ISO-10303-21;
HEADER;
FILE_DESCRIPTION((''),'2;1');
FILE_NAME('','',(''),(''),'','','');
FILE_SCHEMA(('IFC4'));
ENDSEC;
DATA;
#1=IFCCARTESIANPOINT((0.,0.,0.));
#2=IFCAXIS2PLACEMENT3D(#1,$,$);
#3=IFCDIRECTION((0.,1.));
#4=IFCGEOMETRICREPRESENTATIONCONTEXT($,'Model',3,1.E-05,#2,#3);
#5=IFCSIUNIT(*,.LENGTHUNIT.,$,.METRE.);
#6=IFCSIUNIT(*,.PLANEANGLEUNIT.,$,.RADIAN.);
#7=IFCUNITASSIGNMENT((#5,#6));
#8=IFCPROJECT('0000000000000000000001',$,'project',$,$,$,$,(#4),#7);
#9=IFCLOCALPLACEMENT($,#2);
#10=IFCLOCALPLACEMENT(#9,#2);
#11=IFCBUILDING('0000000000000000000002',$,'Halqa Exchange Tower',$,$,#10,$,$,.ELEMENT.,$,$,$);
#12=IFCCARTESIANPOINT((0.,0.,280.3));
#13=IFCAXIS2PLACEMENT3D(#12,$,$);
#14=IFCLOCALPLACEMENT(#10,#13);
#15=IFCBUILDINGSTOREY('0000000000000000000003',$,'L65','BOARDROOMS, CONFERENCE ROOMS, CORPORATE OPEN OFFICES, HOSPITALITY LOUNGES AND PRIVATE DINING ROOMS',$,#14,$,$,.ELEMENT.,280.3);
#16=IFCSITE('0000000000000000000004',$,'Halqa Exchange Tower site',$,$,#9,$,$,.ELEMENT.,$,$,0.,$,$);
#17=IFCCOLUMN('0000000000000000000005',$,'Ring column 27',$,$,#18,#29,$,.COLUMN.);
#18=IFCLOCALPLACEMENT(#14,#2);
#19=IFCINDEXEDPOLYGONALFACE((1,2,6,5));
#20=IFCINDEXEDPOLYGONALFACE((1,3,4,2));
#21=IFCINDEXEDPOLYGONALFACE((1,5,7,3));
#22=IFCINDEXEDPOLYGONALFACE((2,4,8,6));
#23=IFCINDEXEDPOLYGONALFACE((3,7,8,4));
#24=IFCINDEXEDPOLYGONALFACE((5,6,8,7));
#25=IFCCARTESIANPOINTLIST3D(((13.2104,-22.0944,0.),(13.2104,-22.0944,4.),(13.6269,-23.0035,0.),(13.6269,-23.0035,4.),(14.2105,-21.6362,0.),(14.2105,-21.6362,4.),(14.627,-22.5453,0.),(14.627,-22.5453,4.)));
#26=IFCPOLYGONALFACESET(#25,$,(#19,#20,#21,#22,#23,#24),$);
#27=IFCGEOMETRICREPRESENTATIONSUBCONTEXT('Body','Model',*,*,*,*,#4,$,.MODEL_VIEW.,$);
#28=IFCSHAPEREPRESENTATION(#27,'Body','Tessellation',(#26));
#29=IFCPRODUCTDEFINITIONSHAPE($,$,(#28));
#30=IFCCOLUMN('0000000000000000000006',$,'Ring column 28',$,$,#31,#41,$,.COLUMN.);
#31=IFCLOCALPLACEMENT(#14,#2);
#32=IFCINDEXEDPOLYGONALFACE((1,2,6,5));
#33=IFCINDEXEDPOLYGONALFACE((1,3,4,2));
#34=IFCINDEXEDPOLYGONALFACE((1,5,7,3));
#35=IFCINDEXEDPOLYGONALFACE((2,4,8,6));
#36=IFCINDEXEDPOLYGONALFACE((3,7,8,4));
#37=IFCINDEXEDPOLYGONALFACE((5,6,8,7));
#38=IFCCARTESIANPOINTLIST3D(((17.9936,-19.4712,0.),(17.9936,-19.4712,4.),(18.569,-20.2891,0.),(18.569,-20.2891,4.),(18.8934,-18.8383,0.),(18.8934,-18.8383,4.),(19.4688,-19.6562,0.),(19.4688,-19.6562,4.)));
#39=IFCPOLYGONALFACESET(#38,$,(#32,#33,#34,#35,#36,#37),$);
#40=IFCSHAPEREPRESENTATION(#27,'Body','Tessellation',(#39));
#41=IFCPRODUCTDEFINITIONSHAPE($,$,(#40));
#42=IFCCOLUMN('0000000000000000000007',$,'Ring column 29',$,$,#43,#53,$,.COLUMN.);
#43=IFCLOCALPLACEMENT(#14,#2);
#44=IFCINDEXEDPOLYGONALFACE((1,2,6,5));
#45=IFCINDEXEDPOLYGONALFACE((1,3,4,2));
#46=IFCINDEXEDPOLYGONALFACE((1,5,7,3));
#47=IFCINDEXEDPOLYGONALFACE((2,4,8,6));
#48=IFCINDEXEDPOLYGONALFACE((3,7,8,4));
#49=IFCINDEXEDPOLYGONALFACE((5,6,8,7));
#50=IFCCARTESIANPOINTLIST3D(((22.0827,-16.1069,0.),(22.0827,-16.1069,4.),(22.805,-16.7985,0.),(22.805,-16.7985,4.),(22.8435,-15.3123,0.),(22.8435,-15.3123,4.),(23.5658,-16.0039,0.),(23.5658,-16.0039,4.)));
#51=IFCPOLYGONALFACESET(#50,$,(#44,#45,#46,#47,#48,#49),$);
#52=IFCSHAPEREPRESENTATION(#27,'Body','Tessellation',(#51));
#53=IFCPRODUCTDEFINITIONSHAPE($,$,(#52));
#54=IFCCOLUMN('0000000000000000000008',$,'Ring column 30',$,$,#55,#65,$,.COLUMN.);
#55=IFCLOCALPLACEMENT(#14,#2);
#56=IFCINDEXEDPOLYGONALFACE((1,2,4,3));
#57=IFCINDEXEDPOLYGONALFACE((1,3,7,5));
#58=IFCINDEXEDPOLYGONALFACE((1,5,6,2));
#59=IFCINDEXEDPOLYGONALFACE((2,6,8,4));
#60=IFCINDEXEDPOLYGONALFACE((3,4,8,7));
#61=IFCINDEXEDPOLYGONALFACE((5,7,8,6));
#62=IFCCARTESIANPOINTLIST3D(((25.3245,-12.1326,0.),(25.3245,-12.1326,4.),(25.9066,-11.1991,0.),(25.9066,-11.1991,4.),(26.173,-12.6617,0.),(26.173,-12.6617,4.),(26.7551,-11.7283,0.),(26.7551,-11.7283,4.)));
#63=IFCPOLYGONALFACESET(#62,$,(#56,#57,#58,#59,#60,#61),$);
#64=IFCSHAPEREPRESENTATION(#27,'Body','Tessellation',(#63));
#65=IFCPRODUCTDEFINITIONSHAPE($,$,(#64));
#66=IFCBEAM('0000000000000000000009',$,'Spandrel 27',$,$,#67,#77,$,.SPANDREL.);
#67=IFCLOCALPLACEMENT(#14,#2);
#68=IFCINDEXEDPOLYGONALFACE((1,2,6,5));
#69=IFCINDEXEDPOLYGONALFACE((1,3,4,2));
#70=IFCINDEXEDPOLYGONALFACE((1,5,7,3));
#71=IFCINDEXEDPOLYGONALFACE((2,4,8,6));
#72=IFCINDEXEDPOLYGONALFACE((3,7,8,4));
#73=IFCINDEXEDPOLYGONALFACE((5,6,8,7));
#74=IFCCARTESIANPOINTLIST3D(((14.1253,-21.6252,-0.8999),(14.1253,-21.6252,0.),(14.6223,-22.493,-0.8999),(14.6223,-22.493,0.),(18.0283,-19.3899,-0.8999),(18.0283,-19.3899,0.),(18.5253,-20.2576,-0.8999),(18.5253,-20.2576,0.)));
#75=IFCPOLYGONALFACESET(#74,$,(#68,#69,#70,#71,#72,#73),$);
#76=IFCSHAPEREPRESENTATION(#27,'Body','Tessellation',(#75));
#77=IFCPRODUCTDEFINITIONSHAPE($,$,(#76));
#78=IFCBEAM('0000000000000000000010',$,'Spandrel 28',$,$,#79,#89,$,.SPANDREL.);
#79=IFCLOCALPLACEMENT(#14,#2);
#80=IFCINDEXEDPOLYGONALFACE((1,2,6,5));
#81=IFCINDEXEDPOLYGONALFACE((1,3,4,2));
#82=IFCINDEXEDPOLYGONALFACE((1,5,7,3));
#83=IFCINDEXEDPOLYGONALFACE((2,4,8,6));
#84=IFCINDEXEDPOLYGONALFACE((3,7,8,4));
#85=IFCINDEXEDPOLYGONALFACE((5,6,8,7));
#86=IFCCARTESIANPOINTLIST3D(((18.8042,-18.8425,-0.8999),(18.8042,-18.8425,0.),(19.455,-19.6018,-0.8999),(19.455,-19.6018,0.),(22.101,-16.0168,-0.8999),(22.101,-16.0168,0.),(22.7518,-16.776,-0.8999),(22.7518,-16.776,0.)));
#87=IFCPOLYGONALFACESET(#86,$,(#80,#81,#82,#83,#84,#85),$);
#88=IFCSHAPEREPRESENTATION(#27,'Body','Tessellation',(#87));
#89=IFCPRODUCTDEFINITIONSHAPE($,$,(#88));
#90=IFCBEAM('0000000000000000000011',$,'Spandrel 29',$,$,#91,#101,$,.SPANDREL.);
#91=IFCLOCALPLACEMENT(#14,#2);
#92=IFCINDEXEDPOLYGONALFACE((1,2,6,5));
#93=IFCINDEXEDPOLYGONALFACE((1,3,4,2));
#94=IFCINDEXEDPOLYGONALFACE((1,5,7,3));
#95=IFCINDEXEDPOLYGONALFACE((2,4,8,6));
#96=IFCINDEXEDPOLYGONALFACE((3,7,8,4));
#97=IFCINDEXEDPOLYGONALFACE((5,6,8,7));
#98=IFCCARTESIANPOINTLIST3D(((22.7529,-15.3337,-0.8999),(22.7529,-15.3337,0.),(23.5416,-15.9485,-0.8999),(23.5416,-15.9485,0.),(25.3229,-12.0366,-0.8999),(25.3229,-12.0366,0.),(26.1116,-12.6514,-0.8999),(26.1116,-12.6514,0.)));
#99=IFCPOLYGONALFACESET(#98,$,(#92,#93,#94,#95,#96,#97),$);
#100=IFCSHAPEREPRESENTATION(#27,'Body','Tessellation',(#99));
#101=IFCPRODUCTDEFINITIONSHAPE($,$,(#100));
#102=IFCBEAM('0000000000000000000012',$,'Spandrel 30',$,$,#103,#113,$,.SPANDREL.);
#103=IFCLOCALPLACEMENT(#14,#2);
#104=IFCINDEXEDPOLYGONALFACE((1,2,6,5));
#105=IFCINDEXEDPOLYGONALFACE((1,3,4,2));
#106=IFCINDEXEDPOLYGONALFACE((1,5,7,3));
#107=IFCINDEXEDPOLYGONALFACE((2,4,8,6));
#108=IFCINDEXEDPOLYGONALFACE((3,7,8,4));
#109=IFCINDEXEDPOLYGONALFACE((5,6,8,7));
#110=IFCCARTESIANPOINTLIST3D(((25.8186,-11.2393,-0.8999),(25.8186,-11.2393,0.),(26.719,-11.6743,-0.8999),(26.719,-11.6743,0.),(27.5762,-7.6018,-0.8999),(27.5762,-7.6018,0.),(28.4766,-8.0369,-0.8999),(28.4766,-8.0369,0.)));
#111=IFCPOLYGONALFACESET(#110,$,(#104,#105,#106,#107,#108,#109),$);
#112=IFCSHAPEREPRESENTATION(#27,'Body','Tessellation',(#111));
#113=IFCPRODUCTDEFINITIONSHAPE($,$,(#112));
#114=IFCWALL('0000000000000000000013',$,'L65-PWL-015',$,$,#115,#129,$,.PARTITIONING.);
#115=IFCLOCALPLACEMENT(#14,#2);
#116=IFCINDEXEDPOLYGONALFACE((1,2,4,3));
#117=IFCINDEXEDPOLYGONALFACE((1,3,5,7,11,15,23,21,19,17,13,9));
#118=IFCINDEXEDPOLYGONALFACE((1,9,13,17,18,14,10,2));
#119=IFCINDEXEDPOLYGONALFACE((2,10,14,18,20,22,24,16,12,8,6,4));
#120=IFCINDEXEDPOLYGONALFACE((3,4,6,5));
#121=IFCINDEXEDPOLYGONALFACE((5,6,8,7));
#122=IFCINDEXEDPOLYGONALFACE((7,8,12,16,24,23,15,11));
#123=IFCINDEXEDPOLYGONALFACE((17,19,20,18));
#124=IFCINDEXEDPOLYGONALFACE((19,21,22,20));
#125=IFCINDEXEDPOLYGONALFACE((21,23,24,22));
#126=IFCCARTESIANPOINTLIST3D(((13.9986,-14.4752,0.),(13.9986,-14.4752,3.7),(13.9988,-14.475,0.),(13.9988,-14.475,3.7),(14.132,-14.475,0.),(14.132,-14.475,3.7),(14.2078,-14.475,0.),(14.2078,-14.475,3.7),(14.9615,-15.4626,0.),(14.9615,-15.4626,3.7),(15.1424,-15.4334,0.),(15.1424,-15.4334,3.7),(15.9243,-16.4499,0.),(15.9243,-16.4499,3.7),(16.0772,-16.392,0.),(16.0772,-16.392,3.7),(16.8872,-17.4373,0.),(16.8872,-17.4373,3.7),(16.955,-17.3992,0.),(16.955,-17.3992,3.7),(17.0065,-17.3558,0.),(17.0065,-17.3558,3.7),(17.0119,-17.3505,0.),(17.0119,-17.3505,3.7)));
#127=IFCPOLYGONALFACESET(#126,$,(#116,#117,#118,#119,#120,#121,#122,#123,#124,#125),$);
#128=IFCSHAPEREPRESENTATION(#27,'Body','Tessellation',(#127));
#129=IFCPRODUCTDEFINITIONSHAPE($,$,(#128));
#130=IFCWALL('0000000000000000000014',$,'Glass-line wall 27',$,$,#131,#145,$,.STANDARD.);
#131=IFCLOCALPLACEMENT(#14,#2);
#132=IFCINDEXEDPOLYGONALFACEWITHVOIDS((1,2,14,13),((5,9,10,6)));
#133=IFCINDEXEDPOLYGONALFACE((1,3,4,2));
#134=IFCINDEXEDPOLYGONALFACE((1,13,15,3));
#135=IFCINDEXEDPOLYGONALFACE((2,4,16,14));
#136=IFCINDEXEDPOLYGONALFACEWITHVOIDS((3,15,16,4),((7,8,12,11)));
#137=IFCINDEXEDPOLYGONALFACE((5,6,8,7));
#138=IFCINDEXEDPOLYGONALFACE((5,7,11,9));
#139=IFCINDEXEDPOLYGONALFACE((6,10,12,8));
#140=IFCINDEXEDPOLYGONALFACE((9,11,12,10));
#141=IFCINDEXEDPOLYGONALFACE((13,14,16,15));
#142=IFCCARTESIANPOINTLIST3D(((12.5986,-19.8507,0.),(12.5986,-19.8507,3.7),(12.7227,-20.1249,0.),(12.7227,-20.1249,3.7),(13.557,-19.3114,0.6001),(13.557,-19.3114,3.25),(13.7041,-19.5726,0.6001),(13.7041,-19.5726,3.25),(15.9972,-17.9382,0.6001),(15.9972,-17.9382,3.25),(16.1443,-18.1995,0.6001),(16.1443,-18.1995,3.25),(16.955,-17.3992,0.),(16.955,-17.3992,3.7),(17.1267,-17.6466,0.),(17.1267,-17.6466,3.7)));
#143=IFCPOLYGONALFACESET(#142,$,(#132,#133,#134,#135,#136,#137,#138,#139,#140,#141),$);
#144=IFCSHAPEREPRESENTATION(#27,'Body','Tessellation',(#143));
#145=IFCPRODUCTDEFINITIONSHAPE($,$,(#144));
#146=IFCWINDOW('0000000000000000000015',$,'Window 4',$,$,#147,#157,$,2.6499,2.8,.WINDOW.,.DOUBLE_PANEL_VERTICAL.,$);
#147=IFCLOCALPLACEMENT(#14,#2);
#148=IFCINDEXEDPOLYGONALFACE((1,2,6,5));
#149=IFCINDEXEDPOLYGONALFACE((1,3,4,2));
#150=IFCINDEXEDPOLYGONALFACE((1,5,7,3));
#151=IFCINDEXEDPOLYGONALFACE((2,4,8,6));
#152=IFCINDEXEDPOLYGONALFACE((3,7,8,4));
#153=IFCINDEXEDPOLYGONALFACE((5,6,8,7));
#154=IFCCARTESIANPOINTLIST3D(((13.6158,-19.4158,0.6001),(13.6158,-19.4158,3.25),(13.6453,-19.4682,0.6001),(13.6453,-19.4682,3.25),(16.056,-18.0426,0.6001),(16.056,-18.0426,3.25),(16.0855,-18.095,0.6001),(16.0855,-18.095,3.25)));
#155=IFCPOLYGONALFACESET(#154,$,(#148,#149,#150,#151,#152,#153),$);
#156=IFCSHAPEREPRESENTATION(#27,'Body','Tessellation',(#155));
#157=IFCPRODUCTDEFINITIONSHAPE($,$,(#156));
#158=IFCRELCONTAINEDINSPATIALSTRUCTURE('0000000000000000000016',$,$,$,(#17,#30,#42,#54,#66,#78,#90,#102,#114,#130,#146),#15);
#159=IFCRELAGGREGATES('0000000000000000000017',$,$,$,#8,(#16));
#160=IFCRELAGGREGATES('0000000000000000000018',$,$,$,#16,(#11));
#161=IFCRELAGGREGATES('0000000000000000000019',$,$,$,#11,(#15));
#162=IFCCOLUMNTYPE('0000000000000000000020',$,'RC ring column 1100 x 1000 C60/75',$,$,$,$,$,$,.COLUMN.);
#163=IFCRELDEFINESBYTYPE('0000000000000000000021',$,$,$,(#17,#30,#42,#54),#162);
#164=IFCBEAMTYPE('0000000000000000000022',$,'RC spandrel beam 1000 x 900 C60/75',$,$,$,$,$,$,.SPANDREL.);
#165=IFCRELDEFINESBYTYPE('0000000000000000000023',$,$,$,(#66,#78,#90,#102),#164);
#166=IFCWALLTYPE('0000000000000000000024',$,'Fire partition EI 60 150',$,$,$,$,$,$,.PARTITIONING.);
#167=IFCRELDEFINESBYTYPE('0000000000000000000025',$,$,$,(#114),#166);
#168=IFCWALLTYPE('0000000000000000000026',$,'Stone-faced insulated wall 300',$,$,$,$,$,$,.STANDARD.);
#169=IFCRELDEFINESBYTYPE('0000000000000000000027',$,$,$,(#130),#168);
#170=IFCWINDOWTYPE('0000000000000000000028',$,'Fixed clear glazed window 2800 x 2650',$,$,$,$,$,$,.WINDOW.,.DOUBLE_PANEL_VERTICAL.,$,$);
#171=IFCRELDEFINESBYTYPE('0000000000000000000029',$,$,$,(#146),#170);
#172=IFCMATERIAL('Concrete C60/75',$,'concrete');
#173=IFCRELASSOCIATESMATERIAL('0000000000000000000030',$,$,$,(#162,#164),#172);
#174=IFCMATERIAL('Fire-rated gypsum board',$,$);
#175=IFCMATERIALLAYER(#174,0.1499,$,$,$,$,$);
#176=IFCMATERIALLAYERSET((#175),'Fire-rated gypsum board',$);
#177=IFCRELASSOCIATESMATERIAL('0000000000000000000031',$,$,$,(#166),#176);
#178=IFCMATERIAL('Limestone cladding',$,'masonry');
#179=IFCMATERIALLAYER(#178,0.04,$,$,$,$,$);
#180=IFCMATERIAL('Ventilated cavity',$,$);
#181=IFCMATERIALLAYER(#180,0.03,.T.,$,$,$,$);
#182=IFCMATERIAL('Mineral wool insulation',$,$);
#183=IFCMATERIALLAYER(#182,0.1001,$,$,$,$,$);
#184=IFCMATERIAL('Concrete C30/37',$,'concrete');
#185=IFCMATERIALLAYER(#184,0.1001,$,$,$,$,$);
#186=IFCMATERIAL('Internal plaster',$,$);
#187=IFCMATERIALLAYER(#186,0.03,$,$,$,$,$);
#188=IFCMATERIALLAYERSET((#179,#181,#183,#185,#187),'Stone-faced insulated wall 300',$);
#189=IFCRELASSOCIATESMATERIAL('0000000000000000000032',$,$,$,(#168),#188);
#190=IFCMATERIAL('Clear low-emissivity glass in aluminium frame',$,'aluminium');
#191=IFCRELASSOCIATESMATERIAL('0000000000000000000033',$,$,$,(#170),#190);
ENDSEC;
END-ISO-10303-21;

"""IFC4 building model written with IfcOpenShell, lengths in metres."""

from ifc_helpers import new_model, si_unit, direction, frame, frame_2d, origin, origin_2d, place, context, subcontext, project, spatial, polyline, rectangle, outline, extrude, material, layer, layer_set, material_profile, profile_set, type_object, element, fill, save


model = new_model("IFC4")

# Units and contexts
model_context = context("Model", 3, precision=1e-05, world=origin(), true_north=direction((0.0, 1.0)))
body_context = subcontext(model_context, "Body", "Model", "MODEL_VIEW")
ifc_project = project(units=[si_unit("LENGTHUNIT", "METRE"), si_unit("PLANEANGLEUNIT", "RADIAN")], contexts=[model_context])

# Site, building, storey
site_placement = place(None, origin())
site = spatial("IfcSite", under=ifc_project, at=site_placement, Name="Halqa Exchange Tower site", CompositionType="ELEMENT", RefElevation=0.0)
building_placement = place(site_placement, origin())
building = spatial("IfcBuilding", under=site, at=building_placement, Name="Halqa Exchange Tower", CompositionType="ELEMENT")
storey_placement = place(building_placement, frame((0.0, 0.0, 280.3)))
storey = spatial("IfcBuildingStorey", under=building, at=storey_placement, Name="L65", Description="BOARDROOMS, CONFERENCE ROOMS, CORPORATE OPEN OFFICES, HOSPITALITY LOUNGES AND PRIVATE DINING ROOMS", CompositionType="ELEMENT", Elevation=280.3)

# Columns
ifc_material_1 = material(Name="Concrete C60/75", Category="concrete")
ifc_material_profile_1 = material_profile(ifc_material_1, rectangle(XDim=1.1001, YDim=1.0, at=origin_2d()), Name="1100 x 1000")
ifc_profile_set_1 = profile_set([ifc_material_profile_1], Name="Concrete C60/75")
column_type = type_object("IfcColumnType", Name="RC ring column 1100 x 1000 C60/75", PredefinedType="COLUMN", material=ifc_profile_set_1)
for number, where, z_axis, x_axis, name in (
    (1, (13.9187, -22.3198, 0.0), (0.0, 0.0, 1.0), (0.909129, 0.416514, 0.0), "Ring column 27"),
    (2, (18.7312, -19.5637, 0.0), (0.0, 0.0, 1.0), (0.817907, 0.575351, 0.0), "Ring column 28"),
    (3, (22.8242, -16.0554, 0.0), (0.0, 0.0, 1.0), (0.691577, 0.722302, 0.0), "Ring column 29"),
    (4, (26.0398, -11.9304, 0.0), (0.0, 0.0, 1.0), (0.529143, 0.848532, 0.0), "Ring column 30"),
):
    element("IfcColumn", number, at=place(storey_placement, frame(where, z_axis=z_axis, x_axis=x_axis)), inside=storey, type_object=column_type, Name=name, PredefinedType="COLUMN", context=body_context, shape_type="SweptSolid", body=[
        extrude(rectangle(XDim=1.1001, YDim=1.0, at=origin_2d()), origin(), (0.0, 0.0, 1.0), 4.0),
    ])

# Beams
ifc_material_profile_2 = material_profile(ifc_material_1, rectangle(XDim=1.0, YDim=0.8999, at=origin_2d()), Name="1000 x 900")
ifc_profile_set_2 = profile_set([ifc_material_profile_2], Name="Concrete C60/75")
beam_type = type_object("IfcBeamType", Name="RC spandrel beam 1000 x 900 C60/75", PredefinedType="SPANDREL", material=ifc_profile_set_2)
beam_1_placement = place(storey_placement, frame((14.3738, -22.0591, -0.45), z_axis=(0.867762, 0.49698, 0.0), x_axis=(-0.49698, 0.867762, 0.0)))
element("IfcBeam", 5, at=beam_1_placement, inside=storey, type_object=beam_type, Name="Spandrel 27", PredefinedType="SPANDREL", context=body_context, shape_type="SweptSolid", body=[
    extrude(rectangle(XDim=1.0, YDim=0.8999, at=origin_2d()), origin(), (0.0, 0.0, 1.0), 4.4978),
])
beam_2_placement = place(storey_placement, frame((19.1296, -19.2222, -0.45), z_axis=(0.759257, 0.650791, 0.0), x_axis=(-0.650791, 0.759257, 0.0)))
element("IfcBeam", 6, at=beam_2_placement, inside=storey, type_object=beam_type, Name="Spandrel 28", PredefinedType="SPANDREL", context=body_context, shape_type="SweptSolid", body=[
    extrude(rectangle(XDim=1.0, YDim=0.8999, at=origin_2d()), origin(), (0.0, 0.0, 1.0), 4.342),
])
beam_3_placement = place(storey_placement, frame((23.1472, -15.6411, -0.45), z_axis=(0.614781, 0.788698, 0.0), x_axis=(-0.788698, 0.614781, 0.0)))
element("IfcBeam", 7, at=beam_3_placement, inside=storey, type_object=beam_type, Name="Spandrel 29", PredefinedType="SPANDREL", context=body_context, shape_type="SweptSolid", body=[
    extrude(rectangle(XDim=1.0, YDim=0.8999, at=origin_2d()), origin(), (0.0, 0.0, 1.0), 4.1804),
])
beam_4_placement = place(storey_placement, frame((26.2688, -11.4568, -0.45), z_axis=(0.435062, 0.900401, 0.0), x_axis=(-0.900401, 0.435062, 0.0)))
element("IfcBeam", 8, at=beam_4_placement, inside=storey, type_object=beam_type, Name="Spandrel 30", PredefinedType="SPANDREL", context=body_context, shape_type="SweptSolid", body=[
    extrude(rectangle(XDim=1.0, YDim=0.8999, at=origin_2d()), origin(), (0.0, 0.0, 1.0), 4.0398),
])

# Shared definitions
ifc_material_2 = material(Name="Fire-rated gypsum board")
ifc_layer_1 = layer(ifc_material_2, 0.1499)
ifc_layer_set_1 = layer_set([ifc_layer_1], Name="Fire-rated gypsum board")
wall_type_1 = type_object("IfcWallType", Name="Fire partition EI 60 150", PredefinedType="PARTITIONING", material=ifc_layer_set_1)

# Wall
wall_1_placement = place(storey_placement, frame((16.9583, -17.4028, 0.0), z_axis=(0.0, 0.0, 1.0), x_axis=(-0.698165, 0.715937, 0.0)))
element("IfcWall", 9, at=wall_1_placement, inside=storey, type_object=wall_type_1, Name="L65-PWL-015", PredefinedType="PARTITIONING", context=body_context, shape_type="SweptSolid", body=[
    extrude(outline(polyline([(0.0, -0.075), (1.3389, -0.075), (2.6777, -0.075), (4.0164, -0.075), (4.0693, -0.0208), (4.0693, -0.0208), (4.1624, 0.0747), (4.1624, 0.075), (2.7832, 0.075), (1.4041, 0.075), (0.0249, 0.075), (0.0049, -0.0002), (0.0, -0.0674), (0.0, -0.075)])), origin(), (0.0, 0.0, 1.0), 3.7),
])

# Wall, opening, window
ifc_material_3 = material(Name="Limestone cladding", Category="masonry")
ifc_layer_2 = layer(ifc_material_3, 0.04)
ifc_material_4 = material(Name="Ventilated cavity")
ifc_layer_3 = layer(ifc_material_4, 0.03, ventilated=True)
ifc_material_5 = material(Name="Mineral wool insulation")
ifc_layer_4 = layer(ifc_material_5, 0.1001)
ifc_material_6 = material(Name="Concrete C30/37", Category="concrete")
ifc_layer_5 = layer(ifc_material_6, 0.1001)
ifc_material_7 = material(Name="Internal plaster")
ifc_layer_6 = layer(ifc_material_7, 0.03)
ifc_layer_set_2 = layer_set([ifc_layer_2, ifc_layer_3, ifc_layer_4, ifc_layer_5, ifc_layer_6], Name="Stone-faced insulated wall 300")
wall_type_2 = type_object("IfcWallType", Name="Stone-faced insulated wall 300", PredefinedType="STANDARD", material=ifc_layer_set_2)
wall_2_placement = place(storey_placement, frame((12.6606, -19.9878, 0.0), z_axis=(0.0, 0.0, 1.0), x_axis=(0.871489, 0.490416, 0.0)))
wall_2 = element("IfcWall", 10, at=wall_2_placement, inside=storey, type_object=wall_type_2, Name="Glass-line wall 27", PredefinedType="STANDARD", context=body_context, shape_type="SweptSolid", body=[
    extrude(outline(polyline([(-0.0132, -0.1499), (5.0403, -0.1499), (5.012, 0.1499), (0.0132, 0.1499), (-0.0132, -0.1499)])), origin(), (0.0, 0.0, 1.0), 3.7),
])
opening_1_placement = place(wall_2_placement, frame((1.113, 0.0, 0.6001)))
opening_1 = element("IfcOpeningElement", 11, at=opening_1_placement, cuts=wall_2, PredefinedType="OPENING", context=body_context, shape_type="SweptSolid", body=[
    extrude(rectangle(XDim=2.8, YDim=2.6499, at=frame_2d((1.3999, 1.325))), frame((0.0, 0.1621, 0.0), z_axis=(0.0, -1.0, 0.0), x_axis=(1.0, 0.0, 0.0)), (0.0, 0.0, 1.0), 0.324),
])
ifc_material_8 = material(Name="Clear low-emissivity glass in aluminium frame", Category="aluminium")
window_type = type_object("IfcWindowType", Name="Fixed clear glazed window 2800 x 2650", PartitioningType="DOUBLE_PANEL_VERTICAL", PredefinedType="WINDOW", material=ifc_material_8)
window_1_placement = place(opening_1_placement, origin())
window_1 = element("IfcWindow", 12, at=window_1_placement, inside=storey, type_object=window_type, Name="Window 4", OverallHeight=2.6499, OverallWidth=2.8, PartitioningType="DOUBLE_PANEL_VERTICAL", PredefinedType="WINDOW", context=body_context, shape_type="SweptSolid", body=[
    extrude(rectangle(XDim=2.8, YDim=2.6499, at=frame_2d((1.3999, 1.325))), frame((0.0, 0.03, 0.0), z_axis=(0.0, -1.0, 0.0), x_axis=(1.0, 0.0, 0.0)), (0.0, 0.0, 1.0), 0.0601),
])
fill(opening_1, window_1)

save(model, "model.ifc")
